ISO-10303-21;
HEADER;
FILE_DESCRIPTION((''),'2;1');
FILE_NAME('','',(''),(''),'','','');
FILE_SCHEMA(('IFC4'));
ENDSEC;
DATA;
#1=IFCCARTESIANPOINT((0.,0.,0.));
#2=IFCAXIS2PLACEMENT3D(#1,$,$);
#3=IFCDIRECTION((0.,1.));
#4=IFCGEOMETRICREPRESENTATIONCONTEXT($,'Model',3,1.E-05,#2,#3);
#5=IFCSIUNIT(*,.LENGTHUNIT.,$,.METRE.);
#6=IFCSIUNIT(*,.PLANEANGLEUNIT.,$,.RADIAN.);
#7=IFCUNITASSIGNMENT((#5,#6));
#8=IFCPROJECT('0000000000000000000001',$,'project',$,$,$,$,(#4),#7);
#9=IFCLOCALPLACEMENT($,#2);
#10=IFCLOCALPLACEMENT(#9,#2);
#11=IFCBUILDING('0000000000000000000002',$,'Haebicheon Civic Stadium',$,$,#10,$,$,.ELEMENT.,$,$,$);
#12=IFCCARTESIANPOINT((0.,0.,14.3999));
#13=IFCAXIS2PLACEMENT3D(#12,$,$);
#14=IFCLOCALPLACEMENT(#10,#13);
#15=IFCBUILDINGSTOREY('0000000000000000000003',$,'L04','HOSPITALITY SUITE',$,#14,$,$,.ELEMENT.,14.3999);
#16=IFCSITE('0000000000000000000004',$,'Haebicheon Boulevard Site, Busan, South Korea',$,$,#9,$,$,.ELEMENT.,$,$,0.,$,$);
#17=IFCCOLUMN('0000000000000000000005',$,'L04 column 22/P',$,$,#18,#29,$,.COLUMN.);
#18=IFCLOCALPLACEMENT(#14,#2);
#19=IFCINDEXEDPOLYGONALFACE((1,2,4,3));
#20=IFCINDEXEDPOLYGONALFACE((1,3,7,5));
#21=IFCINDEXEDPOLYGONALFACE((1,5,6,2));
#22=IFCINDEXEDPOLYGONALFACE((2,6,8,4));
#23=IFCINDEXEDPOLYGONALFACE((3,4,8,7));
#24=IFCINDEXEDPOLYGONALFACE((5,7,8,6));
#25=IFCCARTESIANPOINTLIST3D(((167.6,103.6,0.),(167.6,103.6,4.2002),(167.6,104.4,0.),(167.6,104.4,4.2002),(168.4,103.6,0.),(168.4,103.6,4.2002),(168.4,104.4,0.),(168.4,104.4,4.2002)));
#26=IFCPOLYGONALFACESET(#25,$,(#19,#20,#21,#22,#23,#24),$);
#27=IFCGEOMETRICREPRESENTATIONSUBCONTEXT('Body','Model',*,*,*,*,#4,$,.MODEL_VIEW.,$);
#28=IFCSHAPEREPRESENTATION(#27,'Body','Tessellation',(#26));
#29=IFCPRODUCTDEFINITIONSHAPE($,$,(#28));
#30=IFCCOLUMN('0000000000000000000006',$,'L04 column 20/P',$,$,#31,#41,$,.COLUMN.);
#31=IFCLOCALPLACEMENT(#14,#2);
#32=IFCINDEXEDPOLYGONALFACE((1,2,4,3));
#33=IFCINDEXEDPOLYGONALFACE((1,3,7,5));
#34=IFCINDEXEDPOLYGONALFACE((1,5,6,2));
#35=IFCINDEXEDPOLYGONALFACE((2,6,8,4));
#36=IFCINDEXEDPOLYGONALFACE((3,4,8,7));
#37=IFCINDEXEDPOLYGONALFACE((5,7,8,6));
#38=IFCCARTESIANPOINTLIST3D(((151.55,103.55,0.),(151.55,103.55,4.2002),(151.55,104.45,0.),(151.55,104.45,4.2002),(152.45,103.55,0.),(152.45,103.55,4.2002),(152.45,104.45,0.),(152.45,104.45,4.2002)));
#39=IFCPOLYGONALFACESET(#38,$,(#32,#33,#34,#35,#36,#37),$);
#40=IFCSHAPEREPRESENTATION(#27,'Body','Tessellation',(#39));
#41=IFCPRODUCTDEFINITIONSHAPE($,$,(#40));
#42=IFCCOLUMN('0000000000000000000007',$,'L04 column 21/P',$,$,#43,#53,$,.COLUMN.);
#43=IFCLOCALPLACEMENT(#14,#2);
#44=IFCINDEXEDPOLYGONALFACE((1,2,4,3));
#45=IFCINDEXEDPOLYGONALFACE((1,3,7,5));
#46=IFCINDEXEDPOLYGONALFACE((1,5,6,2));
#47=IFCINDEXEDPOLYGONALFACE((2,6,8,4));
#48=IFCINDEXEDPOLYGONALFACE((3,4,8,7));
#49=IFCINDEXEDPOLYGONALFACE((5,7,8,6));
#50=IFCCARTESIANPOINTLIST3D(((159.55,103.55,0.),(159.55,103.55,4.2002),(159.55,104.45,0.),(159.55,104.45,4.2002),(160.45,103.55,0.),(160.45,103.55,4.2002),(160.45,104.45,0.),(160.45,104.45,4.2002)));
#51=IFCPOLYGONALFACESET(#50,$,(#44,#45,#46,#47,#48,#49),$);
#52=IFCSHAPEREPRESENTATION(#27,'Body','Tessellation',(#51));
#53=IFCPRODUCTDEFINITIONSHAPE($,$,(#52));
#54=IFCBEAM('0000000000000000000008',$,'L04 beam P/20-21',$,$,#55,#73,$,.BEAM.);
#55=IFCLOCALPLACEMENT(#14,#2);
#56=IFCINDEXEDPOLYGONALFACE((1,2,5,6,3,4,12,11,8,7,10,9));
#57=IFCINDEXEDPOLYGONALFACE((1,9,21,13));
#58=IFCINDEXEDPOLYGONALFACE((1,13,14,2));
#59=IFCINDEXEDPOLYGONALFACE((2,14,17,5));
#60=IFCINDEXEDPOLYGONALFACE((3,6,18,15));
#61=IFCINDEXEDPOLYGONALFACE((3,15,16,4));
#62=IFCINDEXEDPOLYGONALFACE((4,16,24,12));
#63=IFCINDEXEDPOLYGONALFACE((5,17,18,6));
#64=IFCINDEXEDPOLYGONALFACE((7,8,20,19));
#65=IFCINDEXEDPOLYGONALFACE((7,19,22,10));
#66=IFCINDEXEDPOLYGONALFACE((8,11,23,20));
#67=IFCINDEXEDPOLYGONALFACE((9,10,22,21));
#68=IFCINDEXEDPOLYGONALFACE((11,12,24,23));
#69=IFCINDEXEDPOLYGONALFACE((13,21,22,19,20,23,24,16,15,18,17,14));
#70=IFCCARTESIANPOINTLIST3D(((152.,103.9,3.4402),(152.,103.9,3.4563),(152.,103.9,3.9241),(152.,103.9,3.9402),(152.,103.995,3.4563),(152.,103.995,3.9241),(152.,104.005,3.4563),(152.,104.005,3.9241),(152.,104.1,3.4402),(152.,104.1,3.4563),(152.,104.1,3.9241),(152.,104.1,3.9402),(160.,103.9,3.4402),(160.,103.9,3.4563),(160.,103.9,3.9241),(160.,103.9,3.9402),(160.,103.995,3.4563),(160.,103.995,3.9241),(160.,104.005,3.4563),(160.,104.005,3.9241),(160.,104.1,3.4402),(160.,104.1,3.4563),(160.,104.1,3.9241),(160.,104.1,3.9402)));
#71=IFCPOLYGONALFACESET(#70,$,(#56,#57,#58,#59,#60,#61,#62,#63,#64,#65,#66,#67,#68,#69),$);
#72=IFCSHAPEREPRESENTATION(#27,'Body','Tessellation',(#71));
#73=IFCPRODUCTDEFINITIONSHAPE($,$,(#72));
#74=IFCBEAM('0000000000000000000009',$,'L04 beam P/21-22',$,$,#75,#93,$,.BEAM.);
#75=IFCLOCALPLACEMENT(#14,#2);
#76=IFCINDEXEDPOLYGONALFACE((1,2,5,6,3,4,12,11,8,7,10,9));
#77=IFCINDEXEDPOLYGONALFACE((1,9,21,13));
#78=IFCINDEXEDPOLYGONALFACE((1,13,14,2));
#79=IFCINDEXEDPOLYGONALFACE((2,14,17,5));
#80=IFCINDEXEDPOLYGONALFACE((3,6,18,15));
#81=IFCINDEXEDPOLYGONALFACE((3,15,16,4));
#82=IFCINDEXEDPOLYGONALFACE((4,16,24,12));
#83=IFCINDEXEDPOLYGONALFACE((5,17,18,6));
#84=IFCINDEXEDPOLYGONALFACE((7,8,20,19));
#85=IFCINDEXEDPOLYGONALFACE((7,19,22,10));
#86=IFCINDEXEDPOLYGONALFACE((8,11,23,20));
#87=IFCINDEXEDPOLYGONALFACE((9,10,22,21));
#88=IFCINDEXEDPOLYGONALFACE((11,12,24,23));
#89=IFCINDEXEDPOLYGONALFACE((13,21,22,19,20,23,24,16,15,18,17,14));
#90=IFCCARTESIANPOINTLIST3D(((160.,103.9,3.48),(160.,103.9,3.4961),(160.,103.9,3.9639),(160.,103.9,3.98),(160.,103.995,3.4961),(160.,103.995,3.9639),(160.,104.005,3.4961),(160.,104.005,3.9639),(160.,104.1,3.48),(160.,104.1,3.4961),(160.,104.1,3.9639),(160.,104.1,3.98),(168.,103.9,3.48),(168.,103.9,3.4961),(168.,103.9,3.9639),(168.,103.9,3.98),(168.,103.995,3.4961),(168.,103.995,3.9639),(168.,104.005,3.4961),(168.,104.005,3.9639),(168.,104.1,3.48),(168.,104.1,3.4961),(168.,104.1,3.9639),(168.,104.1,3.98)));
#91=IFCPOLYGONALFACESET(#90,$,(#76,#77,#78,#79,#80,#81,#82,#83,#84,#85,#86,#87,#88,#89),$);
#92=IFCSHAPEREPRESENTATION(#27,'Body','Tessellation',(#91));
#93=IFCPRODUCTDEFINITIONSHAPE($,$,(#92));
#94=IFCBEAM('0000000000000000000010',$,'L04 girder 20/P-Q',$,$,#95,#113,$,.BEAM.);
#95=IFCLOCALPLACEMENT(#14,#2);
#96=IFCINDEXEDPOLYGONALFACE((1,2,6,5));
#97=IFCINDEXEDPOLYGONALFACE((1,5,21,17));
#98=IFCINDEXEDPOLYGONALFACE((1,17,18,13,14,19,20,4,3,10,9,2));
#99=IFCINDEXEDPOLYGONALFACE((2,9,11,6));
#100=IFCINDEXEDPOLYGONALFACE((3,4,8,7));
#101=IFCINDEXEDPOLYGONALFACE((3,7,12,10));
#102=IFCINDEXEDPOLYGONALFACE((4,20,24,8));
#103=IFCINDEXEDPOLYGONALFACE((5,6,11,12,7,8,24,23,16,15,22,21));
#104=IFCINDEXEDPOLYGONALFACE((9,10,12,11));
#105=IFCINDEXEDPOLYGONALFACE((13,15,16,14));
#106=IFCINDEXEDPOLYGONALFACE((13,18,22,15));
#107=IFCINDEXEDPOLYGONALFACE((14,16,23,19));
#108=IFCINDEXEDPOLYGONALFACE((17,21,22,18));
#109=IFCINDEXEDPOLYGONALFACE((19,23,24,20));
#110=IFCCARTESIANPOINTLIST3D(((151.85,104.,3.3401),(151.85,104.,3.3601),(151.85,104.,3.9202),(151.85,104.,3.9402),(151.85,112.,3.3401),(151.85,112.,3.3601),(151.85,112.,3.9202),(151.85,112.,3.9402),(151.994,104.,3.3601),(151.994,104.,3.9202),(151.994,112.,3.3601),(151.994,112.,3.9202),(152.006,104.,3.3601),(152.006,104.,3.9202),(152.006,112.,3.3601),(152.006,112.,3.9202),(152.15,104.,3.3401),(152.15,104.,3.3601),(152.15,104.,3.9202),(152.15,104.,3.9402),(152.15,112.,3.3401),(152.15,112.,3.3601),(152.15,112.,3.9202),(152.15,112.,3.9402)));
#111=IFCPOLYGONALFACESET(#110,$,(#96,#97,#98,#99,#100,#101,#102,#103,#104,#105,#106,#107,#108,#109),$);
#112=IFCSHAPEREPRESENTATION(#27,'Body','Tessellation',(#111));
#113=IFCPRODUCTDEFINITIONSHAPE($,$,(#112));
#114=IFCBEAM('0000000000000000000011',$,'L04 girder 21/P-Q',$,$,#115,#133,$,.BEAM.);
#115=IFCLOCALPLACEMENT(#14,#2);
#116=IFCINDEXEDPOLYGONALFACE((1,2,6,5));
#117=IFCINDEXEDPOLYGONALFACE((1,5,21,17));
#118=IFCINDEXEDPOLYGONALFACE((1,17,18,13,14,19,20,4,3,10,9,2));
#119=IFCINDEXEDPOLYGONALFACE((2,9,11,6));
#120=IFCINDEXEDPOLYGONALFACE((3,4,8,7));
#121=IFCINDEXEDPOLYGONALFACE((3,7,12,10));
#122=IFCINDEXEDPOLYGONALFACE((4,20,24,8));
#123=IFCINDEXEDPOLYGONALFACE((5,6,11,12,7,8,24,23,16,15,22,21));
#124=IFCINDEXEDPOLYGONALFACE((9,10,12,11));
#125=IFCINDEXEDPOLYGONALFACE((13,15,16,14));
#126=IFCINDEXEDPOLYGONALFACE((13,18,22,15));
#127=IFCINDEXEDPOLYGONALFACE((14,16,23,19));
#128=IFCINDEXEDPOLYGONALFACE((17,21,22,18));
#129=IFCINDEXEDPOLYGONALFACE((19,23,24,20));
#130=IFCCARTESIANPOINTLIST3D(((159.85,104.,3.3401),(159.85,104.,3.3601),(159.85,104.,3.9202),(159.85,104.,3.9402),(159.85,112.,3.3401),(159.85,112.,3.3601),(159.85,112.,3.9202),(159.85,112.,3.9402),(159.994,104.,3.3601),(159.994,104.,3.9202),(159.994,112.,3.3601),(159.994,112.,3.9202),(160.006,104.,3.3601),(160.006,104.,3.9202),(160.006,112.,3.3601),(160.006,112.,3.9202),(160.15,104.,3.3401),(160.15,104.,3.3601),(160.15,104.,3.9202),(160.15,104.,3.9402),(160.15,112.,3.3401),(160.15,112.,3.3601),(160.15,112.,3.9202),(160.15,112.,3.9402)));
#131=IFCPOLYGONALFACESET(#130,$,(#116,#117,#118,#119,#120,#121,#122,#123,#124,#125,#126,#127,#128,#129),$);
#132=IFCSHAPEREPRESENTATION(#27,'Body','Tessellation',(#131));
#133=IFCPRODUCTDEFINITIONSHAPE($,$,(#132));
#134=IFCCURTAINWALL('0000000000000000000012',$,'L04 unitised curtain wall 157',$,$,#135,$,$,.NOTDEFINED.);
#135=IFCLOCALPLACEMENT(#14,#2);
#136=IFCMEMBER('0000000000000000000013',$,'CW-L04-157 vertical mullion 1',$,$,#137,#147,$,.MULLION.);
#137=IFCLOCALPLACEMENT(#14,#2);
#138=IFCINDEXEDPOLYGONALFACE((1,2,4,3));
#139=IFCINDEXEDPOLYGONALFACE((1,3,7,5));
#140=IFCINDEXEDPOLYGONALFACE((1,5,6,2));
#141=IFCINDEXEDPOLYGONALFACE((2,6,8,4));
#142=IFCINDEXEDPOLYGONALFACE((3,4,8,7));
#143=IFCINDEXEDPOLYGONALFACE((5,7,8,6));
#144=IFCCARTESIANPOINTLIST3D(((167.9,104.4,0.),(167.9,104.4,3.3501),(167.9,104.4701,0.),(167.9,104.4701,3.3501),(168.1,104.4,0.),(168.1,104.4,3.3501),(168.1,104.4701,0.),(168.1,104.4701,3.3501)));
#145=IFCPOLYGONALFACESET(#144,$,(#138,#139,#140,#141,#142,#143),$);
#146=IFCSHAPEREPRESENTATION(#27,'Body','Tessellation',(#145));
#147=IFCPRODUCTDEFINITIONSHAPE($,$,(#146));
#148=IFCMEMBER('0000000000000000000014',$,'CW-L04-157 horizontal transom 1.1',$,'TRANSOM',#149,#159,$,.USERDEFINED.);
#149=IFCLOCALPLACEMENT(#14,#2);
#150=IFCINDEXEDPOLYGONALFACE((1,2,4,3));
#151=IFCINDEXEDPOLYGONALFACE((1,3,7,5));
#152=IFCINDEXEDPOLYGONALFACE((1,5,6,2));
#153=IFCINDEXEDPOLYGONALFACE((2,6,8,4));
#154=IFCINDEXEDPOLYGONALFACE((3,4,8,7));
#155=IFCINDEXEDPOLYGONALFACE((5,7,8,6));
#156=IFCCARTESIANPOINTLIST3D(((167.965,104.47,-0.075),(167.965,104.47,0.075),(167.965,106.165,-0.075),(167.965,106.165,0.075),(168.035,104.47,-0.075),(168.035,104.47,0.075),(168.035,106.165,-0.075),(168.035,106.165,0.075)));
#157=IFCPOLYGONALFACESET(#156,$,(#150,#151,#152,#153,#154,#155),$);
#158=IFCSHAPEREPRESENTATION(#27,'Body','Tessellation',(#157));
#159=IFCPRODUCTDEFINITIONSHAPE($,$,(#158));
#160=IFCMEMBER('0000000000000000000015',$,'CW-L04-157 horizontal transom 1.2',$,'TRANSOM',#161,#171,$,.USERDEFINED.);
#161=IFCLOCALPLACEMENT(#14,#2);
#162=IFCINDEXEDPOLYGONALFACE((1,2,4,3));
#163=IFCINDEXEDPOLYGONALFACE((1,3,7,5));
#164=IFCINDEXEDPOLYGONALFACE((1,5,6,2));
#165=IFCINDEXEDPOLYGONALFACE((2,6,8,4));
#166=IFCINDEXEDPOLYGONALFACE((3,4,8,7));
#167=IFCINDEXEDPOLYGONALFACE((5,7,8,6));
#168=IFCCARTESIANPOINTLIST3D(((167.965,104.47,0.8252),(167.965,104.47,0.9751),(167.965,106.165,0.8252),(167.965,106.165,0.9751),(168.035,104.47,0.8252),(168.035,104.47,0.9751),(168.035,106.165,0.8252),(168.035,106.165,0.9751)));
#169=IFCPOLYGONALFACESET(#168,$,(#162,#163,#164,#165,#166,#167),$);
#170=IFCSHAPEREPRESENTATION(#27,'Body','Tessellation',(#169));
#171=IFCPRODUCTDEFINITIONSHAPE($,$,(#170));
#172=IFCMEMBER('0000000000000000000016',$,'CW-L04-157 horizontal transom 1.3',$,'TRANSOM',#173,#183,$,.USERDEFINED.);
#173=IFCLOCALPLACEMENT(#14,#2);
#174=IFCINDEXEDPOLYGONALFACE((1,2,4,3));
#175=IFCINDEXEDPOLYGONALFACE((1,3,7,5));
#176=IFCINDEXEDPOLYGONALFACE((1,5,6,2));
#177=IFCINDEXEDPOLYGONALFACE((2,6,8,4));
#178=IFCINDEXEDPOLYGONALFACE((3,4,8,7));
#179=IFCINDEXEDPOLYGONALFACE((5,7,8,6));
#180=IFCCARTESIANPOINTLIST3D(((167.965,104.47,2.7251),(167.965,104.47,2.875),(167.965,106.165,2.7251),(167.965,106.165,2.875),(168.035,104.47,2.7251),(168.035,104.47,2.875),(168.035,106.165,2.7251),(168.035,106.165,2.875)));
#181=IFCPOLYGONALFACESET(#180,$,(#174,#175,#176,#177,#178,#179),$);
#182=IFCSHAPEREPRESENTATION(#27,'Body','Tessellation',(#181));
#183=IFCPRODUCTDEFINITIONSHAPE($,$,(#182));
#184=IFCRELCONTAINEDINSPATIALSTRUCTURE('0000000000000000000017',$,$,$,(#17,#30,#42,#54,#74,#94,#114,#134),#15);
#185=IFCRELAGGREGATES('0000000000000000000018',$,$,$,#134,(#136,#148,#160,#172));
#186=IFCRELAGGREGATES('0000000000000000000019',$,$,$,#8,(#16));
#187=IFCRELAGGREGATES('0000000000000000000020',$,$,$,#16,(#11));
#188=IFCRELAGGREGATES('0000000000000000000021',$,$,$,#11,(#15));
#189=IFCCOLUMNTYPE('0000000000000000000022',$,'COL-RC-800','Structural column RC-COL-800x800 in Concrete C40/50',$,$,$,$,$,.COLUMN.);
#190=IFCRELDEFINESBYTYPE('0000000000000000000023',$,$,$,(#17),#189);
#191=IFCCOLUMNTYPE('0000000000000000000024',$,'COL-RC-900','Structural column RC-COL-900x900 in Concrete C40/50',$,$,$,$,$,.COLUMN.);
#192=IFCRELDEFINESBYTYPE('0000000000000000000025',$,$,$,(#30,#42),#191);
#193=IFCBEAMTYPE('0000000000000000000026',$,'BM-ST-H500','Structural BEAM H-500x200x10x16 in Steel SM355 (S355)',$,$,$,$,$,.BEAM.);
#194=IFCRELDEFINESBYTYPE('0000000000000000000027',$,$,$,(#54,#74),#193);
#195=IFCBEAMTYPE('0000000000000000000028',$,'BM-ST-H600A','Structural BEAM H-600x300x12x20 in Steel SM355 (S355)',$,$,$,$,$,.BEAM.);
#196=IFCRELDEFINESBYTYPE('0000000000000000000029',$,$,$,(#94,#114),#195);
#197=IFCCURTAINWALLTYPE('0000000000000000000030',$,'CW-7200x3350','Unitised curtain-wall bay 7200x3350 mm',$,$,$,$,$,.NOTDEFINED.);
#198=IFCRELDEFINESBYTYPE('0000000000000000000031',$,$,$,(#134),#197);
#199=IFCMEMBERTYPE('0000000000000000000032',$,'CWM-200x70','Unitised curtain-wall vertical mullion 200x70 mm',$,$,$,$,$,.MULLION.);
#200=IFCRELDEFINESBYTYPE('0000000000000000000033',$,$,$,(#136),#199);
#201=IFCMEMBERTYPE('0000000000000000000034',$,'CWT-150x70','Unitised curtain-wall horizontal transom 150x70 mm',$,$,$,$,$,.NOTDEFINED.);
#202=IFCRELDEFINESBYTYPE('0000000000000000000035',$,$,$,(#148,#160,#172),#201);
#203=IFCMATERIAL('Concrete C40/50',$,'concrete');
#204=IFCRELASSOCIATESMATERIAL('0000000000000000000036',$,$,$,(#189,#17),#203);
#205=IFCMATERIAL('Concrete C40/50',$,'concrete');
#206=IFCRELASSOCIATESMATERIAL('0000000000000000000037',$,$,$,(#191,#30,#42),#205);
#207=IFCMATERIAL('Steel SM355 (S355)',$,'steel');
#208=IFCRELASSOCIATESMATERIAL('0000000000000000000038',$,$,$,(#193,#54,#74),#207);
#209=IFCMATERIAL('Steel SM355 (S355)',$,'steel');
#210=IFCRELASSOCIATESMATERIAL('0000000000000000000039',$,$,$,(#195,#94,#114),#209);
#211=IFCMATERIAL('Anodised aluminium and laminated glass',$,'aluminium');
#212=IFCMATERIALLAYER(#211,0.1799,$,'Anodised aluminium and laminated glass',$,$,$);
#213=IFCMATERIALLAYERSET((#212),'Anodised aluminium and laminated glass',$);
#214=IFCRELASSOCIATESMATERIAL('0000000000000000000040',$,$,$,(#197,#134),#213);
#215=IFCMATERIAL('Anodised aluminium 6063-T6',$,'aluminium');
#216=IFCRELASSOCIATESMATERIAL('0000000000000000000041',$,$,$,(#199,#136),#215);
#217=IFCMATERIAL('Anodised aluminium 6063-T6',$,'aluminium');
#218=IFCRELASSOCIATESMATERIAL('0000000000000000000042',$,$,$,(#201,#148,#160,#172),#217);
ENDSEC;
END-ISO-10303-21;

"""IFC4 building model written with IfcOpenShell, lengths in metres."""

from ifc_helpers import new_model, si_unit, direction, frame, origin, origin_2d, place, context, subcontext, project, spatial, rectangle, i_section, extrude, material, layer, layer_set, material_profile, profile_set, type_object, element, aggregate, save


model = new_model("IFC4")

# Units and contexts
model_context = context("Model", 3, precision=1e-05, world=origin(), true_north=direction((0.0, 1.0)))
body_context = subcontext(model_context, "Body", "Model", "MODEL_VIEW")
ifc_project = project(units=[si_unit("LENGTHUNIT", "METRE"), si_unit("PLANEANGLEUNIT", "RADIAN")], contexts=[model_context])

# Site, building, storey
site_placement = place(None, origin())
site = spatial("IfcSite", under=ifc_project, at=site_placement, Name="Haebicheon Boulevard Site, Busan, South Korea", CompositionType="ELEMENT", RefElevation=0.0)
building_placement = place(site_placement, origin())
building = spatial("IfcBuilding", under=site, at=building_placement, Name="Haebicheon Civic Stadium", CompositionType="ELEMENT")
storey_placement = place(building_placement, frame((0.0, 0.0, 14.3999)))
storey = spatial("IfcBuildingStorey", under=building, at=storey_placement, Name="L04", Description="HOSPITALITY SUITE", CompositionType="ELEMENT", Elevation=14.3999)

# Columns
ifc_material_1 = material(Name="Concrete C40/50", Category="concrete")
ifc_material_profile_1 = material_profile(ifc_material_1, rectangle(XDim=0.8, YDim=0.8, at=origin_2d()), Name="RC-COL-800x800")
ifc_profile_set_1 = profile_set([ifc_material_profile_1], Name="Concrete C40/50")
column_type_1 = type_object("IfcColumnType", Name="COL-RC-800", Description="Structural column RC-COL-800x800 in Concrete C40/50", PredefinedType="COLUMN", material=ifc_profile_set_1)
column_placement = place(storey_placement, frame((168.0, 104.0, 0.0), z_axis=(0.0, 0.0, 1.0), x_axis=(1.0, 0.0, 0.0)))
element("IfcColumn", 1, at=column_placement, inside=storey, type_object=column_type_1, material=ifc_profile_set_1, Name="L04 column 22/P", PredefinedType="COLUMN", context=body_context, shape_type="SweptSolid", body=[
    extrude(rectangle(XDim=0.8, YDim=0.8, at=origin_2d()), origin(), (0.0, 0.0, 1.0), 4.2002),
])
ifc_material_2 = material(Name="Concrete C40/50", Category="concrete")
ifc_material_profile_2 = material_profile(ifc_material_2, rectangle(XDim=0.8999, YDim=0.8999, at=origin_2d()), Name="RC-COL-900x900")
ifc_profile_set_2 = profile_set([ifc_material_profile_2], Name="Concrete C40/50")
column_type_2 = type_object("IfcColumnType", Name="COL-RC-900", Description="Structural column RC-COL-900x900 in Concrete C40/50", PredefinedType="COLUMN", material=ifc_profile_set_2)
for number, where, z_axis, x_axis, name in (
    (2, (152.0, 104.0, 0.0), (0.0, 0.0, 1.0), (1.0, 0.0, 0.0), "L04 column 20/P"),
    (3, (160.0, 104.0, 0.0), (0.0, 0.0, 1.0), (1.0, 0.0, 0.0), "L04 column 21/P"),
):
    element("IfcColumn", number, at=place(storey_placement, frame(where, z_axis=z_axis, x_axis=x_axis)), inside=storey, type_object=column_type_2, material=ifc_profile_set_2, Name=name, PredefinedType="COLUMN", context=body_context, shape_type="SweptSolid", body=[
        extrude(rectangle(XDim=0.8999, YDim=0.8999, at=origin_2d()), origin(), (0.0, 0.0, 1.0), 4.2002),
    ])

# Beams
ifc_material_3 = material(Name="Steel SM355 (S355)", Category="steel")
ifc_material_profile_3 = material_profile(ifc_material_3, i_section(OverallWidth=0.2, OverallDepth=0.5, WebThickness=0.01, FlangeThickness=0.0161, at=origin_2d()), Name="H-500x200x10x16")
ifc_profile_set_3 = profile_set([ifc_material_profile_3], Name="Steel SM355 (S355)")
beam_type_1 = type_object("IfcBeamType", Name="BM-ST-H500", Description="Structural BEAM H-500x200x10x16 in Steel SM355 (S355)", PredefinedType="BEAM", material=ifc_profile_set_3)
for number, where, z_axis, x_axis, name in (
    (4, (152.0, 104.0, 3.6902), (1.0, 0.0, 0.0), (0.0, 1.0, 0.0), "L04 beam P/20-21"),
    (5, (160.0, 104.0, 3.73), (1.0, 0.0, 0.0), (0.0, 1.0, 0.0), "L04 beam P/21-22"),
):
    element("IfcBeam", number, at=place(storey_placement, frame(where, z_axis=z_axis, x_axis=x_axis)), inside=storey, type_object=beam_type_1, material=ifc_profile_set_3, Name=name, PredefinedType="BEAM", context=body_context, shape_type="SweptSolid", body=[
        extrude(i_section(OverallWidth=0.2, OverallDepth=0.5, WebThickness=0.01, FlangeThickness=0.0161, at=origin_2d()), origin(), (0.0, 0.0, 1.0), 8.0),
    ])
ifc_material_4 = material(Name="Steel SM355 (S355)", Category="steel")
ifc_material_profile_4 = material_profile(ifc_material_4, i_section(OverallWidth=0.3, OverallDepth=0.6001, WebThickness=0.012, FlangeThickness=0.02, at=origin_2d()), Name="H-600x300x12x20")
ifc_profile_set_4 = profile_set([ifc_material_profile_4], Name="Steel SM355 (S355)")
beam_type_2 = type_object("IfcBeamType", Name="BM-ST-H600A", Description="Structural BEAM H-600x300x12x20 in Steel SM355 (S355)", PredefinedType="BEAM", material=ifc_profile_set_4)
for number, where, z_axis, x_axis, name in (
    (6, (152.0, 104.0, 3.6401), (0.0, 1.0, 0.0), (-1.0, 0.0, 0.0), "L04 girder 20/P-Q"),
    (7, (160.0, 104.0, 3.6401), (0.0, 1.0, 0.0), (-1.0, 0.0, 0.0), "L04 girder 21/P-Q"),
):
    element("IfcBeam", number, at=place(storey_placement, frame(where, z_axis=z_axis, x_axis=x_axis)), inside=storey, type_object=beam_type_2, material=ifc_profile_set_4, Name=name, PredefinedType="BEAM", context=body_context, shape_type="SweptSolid", body=[
        extrude(i_section(OverallWidth=0.3, OverallDepth=0.6001, WebThickness=0.012, FlangeThickness=0.02, at=origin_2d()), origin(), (0.0, 0.0, 1.0), 8.0),
    ])

# Curtain wall, members
ifc_material_5 = material(Name="Anodised aluminium and laminated glass", Category="aluminium")
ifc_layer_1 = layer(ifc_material_5, 0.1799, Name="Anodised aluminium and laminated glass")
ifc_layer_set_1 = layer_set([ifc_layer_1], Name="Anodised aluminium and laminated glass")
curtain_wall_type = type_object("IfcCurtainWallType", Name="CW-7200x3350", Description="Unitised curtain-wall bay 7200x3350 mm", PredefinedType="NOTDEFINED", material=ifc_layer_set_1)
curtain_wall_placement = place(storey_placement, origin())
curtain_wall = element("IfcCurtainWall", 8, at=curtain_wall_placement, inside=storey, type_object=curtain_wall_type, material=ifc_layer_set_1, Name="L04 unitised curtain wall 157", PredefinedType="NOTDEFINED")
ifc_material_6 = material(Name="Anodised aluminium 6063-T6", Category="aluminium")
ifc_material_profile_5 = material_profile(ifc_material_6, rectangle(XDim=0.0701, YDim=0.2, at=origin_2d()), Name="ALU-MULL-70x200")
ifc_profile_set_5 = profile_set([ifc_material_profile_5], Name="Anodised aluminium 6063-T6")
member_type_1 = type_object("IfcMemberType", Name="CWM-200x70", Description="Unitised curtain-wall vertical mullion 200x70 mm", PredefinedType="MULLION", material=ifc_profile_set_5)
member_1_placement = place(storey_placement, frame((168.0, 104.4351, 0.0), z_axis=(0.0, 0.0, 1.0), x_axis=(0.0, 1.0, 0.0)))
member_1 = element("IfcMember", 9, at=member_1_placement, type_object=member_type_1, material=ifc_profile_set_5, Name="CW-L04-157 vertical mullion 1", PredefinedType="MULLION", context=body_context, shape_type="SweptSolid", body=[
    extrude(rectangle(XDim=0.0701, YDim=0.2, at=origin_2d()), origin(), (0.0, 0.0, 1.0), 3.3501),
])
ifc_material_7 = material(Name="Anodised aluminium 6063-T6", Category="aluminium")
ifc_material_profile_6 = material_profile(ifc_material_7, rectangle(XDim=0.0701, YDim=0.1499, at=origin_2d()), Name="ALU-TRAN-70x150")
ifc_profile_set_6 = profile_set([ifc_material_profile_6], Name="Anodised aluminium 6063-T6")
member_type_2 = type_object("IfcMemberType", Name="CWT-150x70", Description="Unitised curtain-wall horizontal transom 150x70 mm", PredefinedType="NOTDEFINED", material=ifc_profile_set_6)
member_2_placement = place(storey_placement, frame((168.0, 104.47, 0.0), z_axis=(0.0, 1.0, 0.0), x_axis=(-1.0, 0.0, 0.0)))
member_2 = element("IfcMember", 10, at=member_2_placement, type_object=member_type_2, material=ifc_profile_set_6, Name="CW-L04-157 horizontal transom 1.1", ObjectType="TRANSOM", PredefinedType="USERDEFINED", context=body_context, shape_type="SweptSolid", body=[
    extrude(rectangle(XDim=0.0701, YDim=0.1499, at=origin_2d()), origin(), (0.0, 0.0, 1.0), 1.6951),
])
member_3_placement = place(storey_placement, frame((168.0, 104.47, 0.9001), z_axis=(0.0, 1.0, 0.0), x_axis=(-1.0, 0.0, 0.0)))
member_3 = element("IfcMember", 11, at=member_3_placement, type_object=member_type_2, material=ifc_profile_set_6, Name="CW-L04-157 horizontal transom 1.2", ObjectType="TRANSOM", PredefinedType="USERDEFINED", context=body_context, shape_type="SweptSolid", body=[
    extrude(rectangle(XDim=0.0701, YDim=0.1499, at=origin_2d()), origin(), (0.0, 0.0, 1.0), 1.6951),
])
member_4_placement = place(storey_placement, frame((168.0, 104.47, 2.8), z_axis=(0.0, 1.0, 0.0), x_axis=(-1.0, 0.0, 0.0)))
member_4 = element("IfcMember", 12, at=member_4_placement, type_object=member_type_2, material=ifc_profile_set_6, Name="CW-L04-157 horizontal transom 1.3", ObjectType="TRANSOM", PredefinedType="USERDEFINED", context=body_context, shape_type="SweptSolid", body=[
    extrude(rectangle(XDim=0.0701, YDim=0.1499, at=origin_2d()), origin(), (0.0, 0.0, 1.0), 1.6951),
])
aggregate(curtain_wall, [member_1, member_2, member_3, member_4])

save(model, "model.ifc")
